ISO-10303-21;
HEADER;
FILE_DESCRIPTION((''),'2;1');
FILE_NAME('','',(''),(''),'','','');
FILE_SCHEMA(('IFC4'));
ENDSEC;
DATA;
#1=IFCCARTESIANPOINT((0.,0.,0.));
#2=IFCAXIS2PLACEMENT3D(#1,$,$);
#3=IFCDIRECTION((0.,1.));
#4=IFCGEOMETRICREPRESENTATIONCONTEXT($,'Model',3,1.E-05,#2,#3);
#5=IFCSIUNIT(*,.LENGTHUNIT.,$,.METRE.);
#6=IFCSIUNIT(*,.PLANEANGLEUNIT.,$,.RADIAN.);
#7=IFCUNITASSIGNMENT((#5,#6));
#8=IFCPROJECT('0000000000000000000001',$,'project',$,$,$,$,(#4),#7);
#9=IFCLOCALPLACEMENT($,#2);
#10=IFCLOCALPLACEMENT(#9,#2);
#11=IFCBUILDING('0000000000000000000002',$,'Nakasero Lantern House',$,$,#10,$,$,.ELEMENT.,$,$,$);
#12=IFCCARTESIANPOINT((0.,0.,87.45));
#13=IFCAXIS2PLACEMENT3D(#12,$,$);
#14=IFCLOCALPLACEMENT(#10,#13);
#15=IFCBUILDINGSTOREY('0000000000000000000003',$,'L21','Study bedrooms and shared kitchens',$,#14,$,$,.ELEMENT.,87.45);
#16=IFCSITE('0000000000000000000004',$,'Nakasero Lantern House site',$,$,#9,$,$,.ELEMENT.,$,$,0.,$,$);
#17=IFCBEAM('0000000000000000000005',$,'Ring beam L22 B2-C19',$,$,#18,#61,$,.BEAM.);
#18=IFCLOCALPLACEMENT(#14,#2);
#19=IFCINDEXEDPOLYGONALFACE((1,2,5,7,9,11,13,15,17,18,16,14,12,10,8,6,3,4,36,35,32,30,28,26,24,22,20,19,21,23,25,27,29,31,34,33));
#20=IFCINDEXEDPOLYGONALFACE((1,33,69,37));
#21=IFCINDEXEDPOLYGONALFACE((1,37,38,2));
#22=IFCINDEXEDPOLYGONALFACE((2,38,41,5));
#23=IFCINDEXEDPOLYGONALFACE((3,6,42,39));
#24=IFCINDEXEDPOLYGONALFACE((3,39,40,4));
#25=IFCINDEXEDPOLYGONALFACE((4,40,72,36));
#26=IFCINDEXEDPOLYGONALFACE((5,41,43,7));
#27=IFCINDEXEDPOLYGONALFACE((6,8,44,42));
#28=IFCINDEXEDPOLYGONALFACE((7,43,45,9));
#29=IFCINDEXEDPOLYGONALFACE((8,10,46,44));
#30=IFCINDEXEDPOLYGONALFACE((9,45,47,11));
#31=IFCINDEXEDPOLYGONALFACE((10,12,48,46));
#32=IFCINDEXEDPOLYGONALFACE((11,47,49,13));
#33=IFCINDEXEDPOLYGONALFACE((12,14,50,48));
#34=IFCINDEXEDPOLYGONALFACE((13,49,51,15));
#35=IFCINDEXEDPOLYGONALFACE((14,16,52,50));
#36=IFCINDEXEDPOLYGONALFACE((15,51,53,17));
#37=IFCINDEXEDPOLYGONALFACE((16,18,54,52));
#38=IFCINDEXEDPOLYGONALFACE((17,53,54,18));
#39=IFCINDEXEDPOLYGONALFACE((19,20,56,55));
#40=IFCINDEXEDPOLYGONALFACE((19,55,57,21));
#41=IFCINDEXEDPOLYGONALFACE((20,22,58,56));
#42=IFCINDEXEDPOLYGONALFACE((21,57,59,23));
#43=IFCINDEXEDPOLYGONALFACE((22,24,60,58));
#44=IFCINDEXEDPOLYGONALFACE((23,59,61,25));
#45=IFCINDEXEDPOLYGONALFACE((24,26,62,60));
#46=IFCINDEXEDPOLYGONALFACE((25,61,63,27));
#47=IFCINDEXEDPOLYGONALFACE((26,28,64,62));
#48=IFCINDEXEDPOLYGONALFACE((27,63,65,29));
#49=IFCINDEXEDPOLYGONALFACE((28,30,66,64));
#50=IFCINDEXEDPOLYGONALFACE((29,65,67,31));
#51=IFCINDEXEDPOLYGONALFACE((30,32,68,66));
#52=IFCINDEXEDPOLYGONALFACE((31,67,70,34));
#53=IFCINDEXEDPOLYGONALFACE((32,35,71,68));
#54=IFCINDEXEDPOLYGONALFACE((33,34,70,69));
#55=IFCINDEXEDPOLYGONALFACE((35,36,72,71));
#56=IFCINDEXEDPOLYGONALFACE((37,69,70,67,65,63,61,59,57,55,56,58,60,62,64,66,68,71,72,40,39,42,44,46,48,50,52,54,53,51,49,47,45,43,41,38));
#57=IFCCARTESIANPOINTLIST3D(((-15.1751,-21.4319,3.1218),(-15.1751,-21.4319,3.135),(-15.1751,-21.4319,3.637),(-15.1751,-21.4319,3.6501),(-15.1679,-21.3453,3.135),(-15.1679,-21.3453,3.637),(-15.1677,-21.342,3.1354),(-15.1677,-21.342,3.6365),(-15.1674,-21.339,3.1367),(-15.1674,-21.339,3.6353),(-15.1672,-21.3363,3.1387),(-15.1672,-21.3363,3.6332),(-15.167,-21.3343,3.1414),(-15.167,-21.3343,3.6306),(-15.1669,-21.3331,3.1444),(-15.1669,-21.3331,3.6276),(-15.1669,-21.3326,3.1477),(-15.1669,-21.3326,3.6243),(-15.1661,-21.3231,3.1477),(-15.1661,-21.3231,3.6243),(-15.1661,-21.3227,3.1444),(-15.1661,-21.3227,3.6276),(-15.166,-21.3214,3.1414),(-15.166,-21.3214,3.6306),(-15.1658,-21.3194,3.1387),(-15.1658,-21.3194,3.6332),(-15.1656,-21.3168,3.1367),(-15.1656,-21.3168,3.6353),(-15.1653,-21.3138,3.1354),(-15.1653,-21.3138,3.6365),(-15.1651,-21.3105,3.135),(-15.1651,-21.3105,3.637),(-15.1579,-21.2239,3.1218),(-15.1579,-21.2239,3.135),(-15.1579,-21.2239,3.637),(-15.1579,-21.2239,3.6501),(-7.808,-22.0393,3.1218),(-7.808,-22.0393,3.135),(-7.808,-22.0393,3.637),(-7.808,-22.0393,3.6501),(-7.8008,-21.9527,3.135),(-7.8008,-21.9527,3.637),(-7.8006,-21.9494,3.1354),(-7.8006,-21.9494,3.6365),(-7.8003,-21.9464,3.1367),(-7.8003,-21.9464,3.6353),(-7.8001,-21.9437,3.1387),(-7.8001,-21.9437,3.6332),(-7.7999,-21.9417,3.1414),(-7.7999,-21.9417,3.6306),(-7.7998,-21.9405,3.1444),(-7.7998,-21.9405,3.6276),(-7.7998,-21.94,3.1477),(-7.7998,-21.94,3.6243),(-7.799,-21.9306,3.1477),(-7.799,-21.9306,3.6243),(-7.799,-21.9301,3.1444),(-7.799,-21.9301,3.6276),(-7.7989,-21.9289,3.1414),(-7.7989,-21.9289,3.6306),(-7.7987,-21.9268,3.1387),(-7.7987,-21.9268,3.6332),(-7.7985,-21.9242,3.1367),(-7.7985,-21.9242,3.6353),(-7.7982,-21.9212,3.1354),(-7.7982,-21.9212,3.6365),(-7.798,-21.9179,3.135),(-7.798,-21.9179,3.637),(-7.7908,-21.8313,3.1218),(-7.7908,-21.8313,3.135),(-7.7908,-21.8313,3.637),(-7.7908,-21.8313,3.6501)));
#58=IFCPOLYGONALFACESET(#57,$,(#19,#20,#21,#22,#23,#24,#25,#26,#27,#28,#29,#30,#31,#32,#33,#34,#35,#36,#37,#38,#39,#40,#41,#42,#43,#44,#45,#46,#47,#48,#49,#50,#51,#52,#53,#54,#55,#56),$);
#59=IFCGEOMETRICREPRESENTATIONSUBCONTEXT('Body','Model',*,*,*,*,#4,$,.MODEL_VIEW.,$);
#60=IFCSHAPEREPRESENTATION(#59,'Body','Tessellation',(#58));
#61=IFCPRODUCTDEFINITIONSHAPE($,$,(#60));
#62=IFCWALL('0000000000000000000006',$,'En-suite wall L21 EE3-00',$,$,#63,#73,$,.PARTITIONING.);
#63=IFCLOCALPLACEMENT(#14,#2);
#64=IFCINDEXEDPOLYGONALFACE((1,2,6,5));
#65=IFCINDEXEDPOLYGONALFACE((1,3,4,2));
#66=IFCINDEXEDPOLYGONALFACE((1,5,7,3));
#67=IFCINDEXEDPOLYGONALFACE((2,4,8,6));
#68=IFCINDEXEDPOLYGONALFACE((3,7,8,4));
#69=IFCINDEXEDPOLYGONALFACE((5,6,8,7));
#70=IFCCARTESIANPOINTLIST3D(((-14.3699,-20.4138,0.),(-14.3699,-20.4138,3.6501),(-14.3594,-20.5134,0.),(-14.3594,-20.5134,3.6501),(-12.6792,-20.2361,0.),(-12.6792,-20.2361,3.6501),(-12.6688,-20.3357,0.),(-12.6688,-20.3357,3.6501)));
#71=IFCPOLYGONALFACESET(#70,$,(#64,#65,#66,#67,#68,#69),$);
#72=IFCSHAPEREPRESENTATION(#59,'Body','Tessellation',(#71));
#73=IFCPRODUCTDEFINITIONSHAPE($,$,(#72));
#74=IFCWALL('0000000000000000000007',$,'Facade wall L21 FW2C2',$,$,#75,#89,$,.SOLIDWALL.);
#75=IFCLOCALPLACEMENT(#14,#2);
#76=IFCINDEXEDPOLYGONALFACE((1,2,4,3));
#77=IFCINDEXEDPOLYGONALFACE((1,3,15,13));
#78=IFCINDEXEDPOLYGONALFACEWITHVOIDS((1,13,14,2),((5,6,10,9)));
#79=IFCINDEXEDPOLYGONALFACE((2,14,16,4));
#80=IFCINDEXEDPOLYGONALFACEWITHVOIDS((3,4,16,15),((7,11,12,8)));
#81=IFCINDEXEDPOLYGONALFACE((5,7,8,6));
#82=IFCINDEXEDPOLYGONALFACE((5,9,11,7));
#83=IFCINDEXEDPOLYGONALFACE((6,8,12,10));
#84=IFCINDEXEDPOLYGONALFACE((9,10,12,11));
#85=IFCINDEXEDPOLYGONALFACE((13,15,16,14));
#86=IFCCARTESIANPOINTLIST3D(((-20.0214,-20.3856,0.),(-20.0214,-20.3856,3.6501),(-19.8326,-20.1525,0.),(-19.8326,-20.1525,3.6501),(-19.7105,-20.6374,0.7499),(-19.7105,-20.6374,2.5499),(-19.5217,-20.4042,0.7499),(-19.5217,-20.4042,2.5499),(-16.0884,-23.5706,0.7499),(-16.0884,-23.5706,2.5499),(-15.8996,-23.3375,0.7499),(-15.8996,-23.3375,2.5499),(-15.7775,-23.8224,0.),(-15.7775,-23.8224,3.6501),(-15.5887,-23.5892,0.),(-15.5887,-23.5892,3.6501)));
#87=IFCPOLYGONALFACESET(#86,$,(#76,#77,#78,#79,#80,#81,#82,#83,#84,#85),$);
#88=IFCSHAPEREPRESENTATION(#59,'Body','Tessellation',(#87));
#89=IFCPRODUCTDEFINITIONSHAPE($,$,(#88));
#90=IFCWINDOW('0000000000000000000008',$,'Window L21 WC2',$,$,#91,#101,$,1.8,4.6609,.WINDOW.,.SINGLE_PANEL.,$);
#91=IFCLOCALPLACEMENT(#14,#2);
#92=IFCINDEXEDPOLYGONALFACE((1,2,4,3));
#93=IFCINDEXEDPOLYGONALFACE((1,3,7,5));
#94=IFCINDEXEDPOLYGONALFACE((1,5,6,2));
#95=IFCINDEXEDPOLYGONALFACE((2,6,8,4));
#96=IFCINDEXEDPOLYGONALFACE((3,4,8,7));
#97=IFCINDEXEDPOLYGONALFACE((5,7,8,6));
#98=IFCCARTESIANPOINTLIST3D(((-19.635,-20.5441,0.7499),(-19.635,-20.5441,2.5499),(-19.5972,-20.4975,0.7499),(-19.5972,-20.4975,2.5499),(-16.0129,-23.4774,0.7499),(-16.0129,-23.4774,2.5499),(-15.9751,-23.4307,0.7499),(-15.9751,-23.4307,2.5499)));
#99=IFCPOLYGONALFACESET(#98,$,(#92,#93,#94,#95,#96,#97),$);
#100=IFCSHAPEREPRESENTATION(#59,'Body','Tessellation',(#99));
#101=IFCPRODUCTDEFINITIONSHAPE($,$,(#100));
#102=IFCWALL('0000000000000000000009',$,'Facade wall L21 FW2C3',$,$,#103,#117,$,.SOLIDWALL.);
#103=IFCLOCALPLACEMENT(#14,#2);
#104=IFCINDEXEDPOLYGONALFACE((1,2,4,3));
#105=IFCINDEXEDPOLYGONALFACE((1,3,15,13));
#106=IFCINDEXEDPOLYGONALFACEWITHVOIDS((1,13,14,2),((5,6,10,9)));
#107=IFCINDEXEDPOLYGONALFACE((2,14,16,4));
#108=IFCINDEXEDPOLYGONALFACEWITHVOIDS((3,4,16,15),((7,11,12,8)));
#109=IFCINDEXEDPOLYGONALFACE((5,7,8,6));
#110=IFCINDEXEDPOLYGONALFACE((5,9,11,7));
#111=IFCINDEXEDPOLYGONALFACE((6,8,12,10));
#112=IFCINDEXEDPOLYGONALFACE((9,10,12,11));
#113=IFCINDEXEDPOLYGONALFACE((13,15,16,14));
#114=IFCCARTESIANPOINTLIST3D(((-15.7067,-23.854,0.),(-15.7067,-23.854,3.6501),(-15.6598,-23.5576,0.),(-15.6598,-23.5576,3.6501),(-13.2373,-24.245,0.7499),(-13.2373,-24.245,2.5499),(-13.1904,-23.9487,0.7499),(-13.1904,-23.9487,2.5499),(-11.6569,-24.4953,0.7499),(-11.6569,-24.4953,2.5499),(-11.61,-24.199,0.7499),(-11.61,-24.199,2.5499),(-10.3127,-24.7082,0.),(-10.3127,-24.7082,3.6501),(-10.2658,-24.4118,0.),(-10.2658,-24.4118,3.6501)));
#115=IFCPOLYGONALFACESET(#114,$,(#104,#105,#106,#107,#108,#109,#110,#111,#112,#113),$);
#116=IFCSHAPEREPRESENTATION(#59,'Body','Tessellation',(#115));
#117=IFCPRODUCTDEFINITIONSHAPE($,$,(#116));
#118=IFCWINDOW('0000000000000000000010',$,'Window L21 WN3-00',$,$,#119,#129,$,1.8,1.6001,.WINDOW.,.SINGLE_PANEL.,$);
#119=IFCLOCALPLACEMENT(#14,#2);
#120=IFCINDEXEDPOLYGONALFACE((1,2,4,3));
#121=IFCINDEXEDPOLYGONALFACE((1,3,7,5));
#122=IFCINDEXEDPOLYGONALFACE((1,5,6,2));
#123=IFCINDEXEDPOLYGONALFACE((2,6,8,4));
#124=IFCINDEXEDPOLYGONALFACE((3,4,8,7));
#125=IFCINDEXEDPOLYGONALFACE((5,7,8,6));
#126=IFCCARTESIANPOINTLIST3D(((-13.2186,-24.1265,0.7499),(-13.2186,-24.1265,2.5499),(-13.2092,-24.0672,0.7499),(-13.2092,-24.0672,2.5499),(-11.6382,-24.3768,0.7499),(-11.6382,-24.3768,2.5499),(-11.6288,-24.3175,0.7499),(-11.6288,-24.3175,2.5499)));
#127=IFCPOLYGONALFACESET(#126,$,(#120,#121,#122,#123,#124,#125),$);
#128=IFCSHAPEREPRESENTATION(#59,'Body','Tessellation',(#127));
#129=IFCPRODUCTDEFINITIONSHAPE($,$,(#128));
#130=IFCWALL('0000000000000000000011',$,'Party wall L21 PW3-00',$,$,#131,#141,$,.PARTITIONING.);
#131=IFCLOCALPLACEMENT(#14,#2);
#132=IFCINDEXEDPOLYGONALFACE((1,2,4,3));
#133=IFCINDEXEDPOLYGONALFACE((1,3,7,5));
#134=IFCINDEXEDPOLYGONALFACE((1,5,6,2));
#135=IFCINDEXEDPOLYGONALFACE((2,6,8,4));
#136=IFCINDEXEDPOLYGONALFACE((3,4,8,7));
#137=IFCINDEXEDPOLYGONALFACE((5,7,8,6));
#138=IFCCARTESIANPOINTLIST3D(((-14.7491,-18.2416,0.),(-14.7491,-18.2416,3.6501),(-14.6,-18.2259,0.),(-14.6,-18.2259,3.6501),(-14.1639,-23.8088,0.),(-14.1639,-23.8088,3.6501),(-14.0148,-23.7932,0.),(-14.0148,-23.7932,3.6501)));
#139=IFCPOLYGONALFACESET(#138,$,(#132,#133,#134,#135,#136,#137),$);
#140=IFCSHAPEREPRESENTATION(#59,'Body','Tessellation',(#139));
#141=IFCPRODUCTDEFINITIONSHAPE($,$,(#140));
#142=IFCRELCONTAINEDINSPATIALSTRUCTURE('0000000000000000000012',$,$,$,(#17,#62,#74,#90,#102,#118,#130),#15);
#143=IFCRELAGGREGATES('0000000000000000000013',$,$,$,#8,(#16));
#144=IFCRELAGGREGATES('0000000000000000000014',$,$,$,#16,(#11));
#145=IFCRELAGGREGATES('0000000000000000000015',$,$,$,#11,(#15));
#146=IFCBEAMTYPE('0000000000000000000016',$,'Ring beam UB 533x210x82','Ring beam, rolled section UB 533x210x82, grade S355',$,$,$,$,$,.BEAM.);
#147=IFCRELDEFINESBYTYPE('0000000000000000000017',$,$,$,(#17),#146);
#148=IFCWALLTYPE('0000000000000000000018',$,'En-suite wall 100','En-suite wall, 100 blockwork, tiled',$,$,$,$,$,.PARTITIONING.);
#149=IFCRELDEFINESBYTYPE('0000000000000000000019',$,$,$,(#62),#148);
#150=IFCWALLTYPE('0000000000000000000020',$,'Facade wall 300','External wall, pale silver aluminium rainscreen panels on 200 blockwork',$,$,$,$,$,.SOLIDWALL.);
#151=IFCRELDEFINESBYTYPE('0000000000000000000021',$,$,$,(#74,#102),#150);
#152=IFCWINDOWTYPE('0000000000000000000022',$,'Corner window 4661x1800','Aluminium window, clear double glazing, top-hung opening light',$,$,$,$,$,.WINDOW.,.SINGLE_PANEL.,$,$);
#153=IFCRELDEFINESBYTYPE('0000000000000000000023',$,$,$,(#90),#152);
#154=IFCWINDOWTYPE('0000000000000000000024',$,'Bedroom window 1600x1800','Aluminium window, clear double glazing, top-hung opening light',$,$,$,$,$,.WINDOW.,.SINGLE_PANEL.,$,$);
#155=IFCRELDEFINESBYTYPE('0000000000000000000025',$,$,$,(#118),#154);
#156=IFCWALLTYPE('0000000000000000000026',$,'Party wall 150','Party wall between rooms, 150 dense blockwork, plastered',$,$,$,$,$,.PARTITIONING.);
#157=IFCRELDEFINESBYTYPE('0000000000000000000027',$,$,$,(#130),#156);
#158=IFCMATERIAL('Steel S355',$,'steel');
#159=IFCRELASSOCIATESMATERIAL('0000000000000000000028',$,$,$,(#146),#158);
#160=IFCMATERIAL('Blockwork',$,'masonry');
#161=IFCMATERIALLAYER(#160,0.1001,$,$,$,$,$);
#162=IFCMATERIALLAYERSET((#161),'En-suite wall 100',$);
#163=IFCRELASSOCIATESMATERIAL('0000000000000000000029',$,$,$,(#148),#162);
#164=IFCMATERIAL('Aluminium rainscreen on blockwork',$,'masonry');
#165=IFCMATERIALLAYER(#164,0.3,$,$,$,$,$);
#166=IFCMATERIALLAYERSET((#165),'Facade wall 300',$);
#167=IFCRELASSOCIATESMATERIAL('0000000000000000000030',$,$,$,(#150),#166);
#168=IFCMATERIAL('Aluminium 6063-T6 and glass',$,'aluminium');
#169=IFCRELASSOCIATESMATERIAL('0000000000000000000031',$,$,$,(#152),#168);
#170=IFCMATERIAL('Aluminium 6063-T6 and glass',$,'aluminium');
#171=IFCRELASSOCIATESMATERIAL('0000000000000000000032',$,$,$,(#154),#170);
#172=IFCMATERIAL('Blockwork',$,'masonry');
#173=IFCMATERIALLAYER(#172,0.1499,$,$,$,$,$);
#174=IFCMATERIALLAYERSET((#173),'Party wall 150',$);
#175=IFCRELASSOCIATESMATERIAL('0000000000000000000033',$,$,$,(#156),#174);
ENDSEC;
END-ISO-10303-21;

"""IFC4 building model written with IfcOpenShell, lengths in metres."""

from ifc_helpers import new_model, si_unit, direction, frame, frame_2d, origin, origin_2d, place, context, subcontext, project, spatial, rectangle, i_section, extrude, material, layer, layer_set, material_profile, profile_set, type_object, element, fill, save


model = new_model("IFC4")

# Units and contexts
model_context = context("Model", 3, precision=1e-05, world=origin(), true_north=direction((0.0, 1.0)))
body_context = subcontext(model_context, "Body", "Model", "MODEL_VIEW")
ifc_project = project(units=[si_unit("LENGTHUNIT", "METRE"), si_unit("PLANEANGLEUNIT", "RADIAN")], contexts=[model_context])

# Site, building, storey
site_placement = place(None, origin())
site = spatial("IfcSite", under=ifc_project, at=site_placement, Name="Nakasero Lantern House site", CompositionType="ELEMENT", RefElevation=0.0)
building_placement = place(site_placement, origin())
building = spatial("IfcBuilding", under=site, at=building_placement, Name="Nakasero Lantern House", CompositionType="ELEMENT")
storey_placement = place(building_placement, frame((0.0, 0.0, 87.45)))
storey = spatial("IfcBuildingStorey", under=building, at=storey_placement, Name="L21", Description="Study bedrooms and shared kitchens", CompositionType="ELEMENT", Elevation=87.45)

# Beam
ifc_material_1 = material(Name="Steel S355", Category="steel")
ifc_material_profile_1 = material_profile(ifc_material_1, i_section(OverallWidth=0.2087, OverallDepth=0.5283, WebThickness=0.0095, FlangeThickness=0.0132, FilletRadius=0.0127, at=origin_2d()), Name="UB 533x210x82")
ifc_profile_set_1 = profile_set([ifc_material_profile_1], Name="Steel S355")
beam_type_1 = type_object("IfcBeamType", Name="Ring beam UB 533x210x82", Description="Ring beam, rolled section UB 533x210x82, grade S355", PredefinedType="BEAM", material=ifc_profile_set_1)
beam_1_placement = place(storey_placement, frame((-15.1665, -21.3279, 3.386), z_axis=(0.996618, -0.082171, 0.0), x_axis=(0.082171, 0.996618, 0.0)))
element("IfcBeam", 1, at=beam_1_placement, inside=storey, type_object=beam_type_1, Name="Ring beam L22 B2-C19", PredefinedType="BEAM", context=body_context, shape_type="SweptSolid", body=[
    extrude(i_section(OverallWidth=0.2087, OverallDepth=0.5283, WebThickness=0.0095, FlangeThickness=0.0132, FilletRadius=0.0127, at=origin_2d()), origin(), (0.0, 0.0, 1.0), 7.3921),
])

# Wall
ifc_material_2 = material(Name="Blockwork", Category="masonry")
ifc_layer_1 = layer(ifc_material_2, 0.1001)
ifc_layer_set_1 = layer_set([ifc_layer_1], Name="En-suite wall 100")
wall_type_1 = type_object("IfcWallType", Name="En-suite wall 100", Description="En-suite wall, 100 blockwork, tiled", PredefinedType="PARTITIONING", material=ifc_layer_set_1)
wall_1_placement = place(storey_placement, frame((-14.3647, -20.4636, 0.0), z_axis=(0.0, 0.0, 1.0), x_axis=(0.99452, 0.10455, 0.0)))
element("IfcWall", 2, at=wall_1_placement, inside=storey, type_object=wall_type_1, Name="En-suite wall L21 EE3-00", PredefinedType="PARTITIONING", context=body_context, shape_type="SweptSolid", body=[
    extrude(rectangle(XDim=1.7, YDim=0.1001, at=frame_2d((0.8501, 0.0))), origin(), (0.0, 0.0, 1.0), 3.6501),
])

# Walls, openings, windows
ifc_material_3 = material(Name="Aluminium rainscreen on blockwork", Category="masonry")
ifc_layer_2 = layer(ifc_material_3, 0.3)
ifc_layer_set_2 = layer_set([ifc_layer_2], Name="Facade wall 300")
wall_type_2 = type_object("IfcWallType", Name="Facade wall 300", Description="External wall, pale silver aluminium rainscreen panels on 200 blockwork", PredefinedType="SOLIDWALL", material=ifc_layer_set_2)
wall_2_placement = place(storey_placement, frame((-19.927, -20.269, 0.0), z_axis=(0.0, 0.0, 1.0), x_axis=(0.777135, -0.629335, 0.0)))
wall_2 = element("IfcWall", 3, at=wall_2_placement, inside=storey, type_object=wall_type_2, Name="Facade wall L21 FW2C2", PredefinedType="SOLIDWALL", context=body_context, shape_type="SweptSolid", body=[
    extrude(rectangle(XDim=5.4609, YDim=0.3, at=frame_2d((2.7305, 0.0))), origin(), (0.0, 0.0, 1.0), 3.6501),
])
opening_1_placement = place(wall_2_placement, frame((0.3999, 0.0, 0.75)))
opening_1 = element("IfcOpeningElement", 4, at=opening_1_placement, cuts=wall_2, PredefinedType="OPENING", context=body_context, shape_type="SweptSolid", body=[
    extrude(rectangle(XDim=4.6609, YDim=1.8, at=frame_2d((2.3306, 0.8999))), frame((0.0, 0.1699, 0.0), z_axis=(0.0, -1.0, 0.0), x_axis=(1.0, 0.0, 0.0)), (0.0, 0.0, 1.0), 0.3401),
])
ifc_material_4 = material(Name="Aluminium 6063-T6 and glass", Category="aluminium")
window_type_1 = type_object("IfcWindowType", Name="Corner window 4661x1800", Description="Aluminium window, clear double glazing, top-hung opening light", PartitioningType="SINGLE_PANEL", PredefinedType="WINDOW", material=ifc_material_4)
window_1_placement = place(opening_1_placement, origin())
window_1 = element("IfcWindow", 5, at=window_1_placement, inside=storey, type_object=window_type_1, Name="Window L21 WC2", OverallHeight=1.8, OverallWidth=4.6609, PartitioningType="SINGLE_PANEL", PredefinedType="WINDOW", context=body_context, shape_type="SweptSolid", body=[
    extrude(rectangle(XDim=4.6609, YDim=1.8, at=frame_2d((2.3306, 0.8999))), frame((0.0, 0.03, 0.0), z_axis=(0.0, -1.0, 0.0), x_axis=(1.0, 0.0, 0.0)), (0.0, 0.0, 1.0), 0.0601),
])
fill(opening_1, window_1)
wall_3_placement = place(storey_placement, frame((-15.6831, -23.7058, 0.0), z_axis=(0.0, 0.0, 1.0), x_axis=(0.987691, -0.156419, 0.0)))
wall_3 = element("IfcWall", 6, at=wall_3_placement, inside=storey, type_object=wall_type_2, Name="Facade wall L21 FW2C3", PredefinedType="SOLIDWALL", context=body_context, shape_type="SweptSolid", body=[
    extrude(rectangle(XDim=5.4612, YDim=0.3, at=frame_2d((2.7305, 0.0))), origin(), (0.0, 0.0, 1.0), 3.6501),
])
opening_2_placement = place(wall_3_placement, frame((2.5, 0.0, 0.75)))
opening_2 = element("IfcOpeningElement", 7, at=opening_2_placement, cuts=wall_3, PredefinedType="OPENING", context=body_context, shape_type="SweptSolid", body=[
    extrude(rectangle(XDim=1.6001, YDim=1.8, at=frame_2d((0.8, 0.8999))), frame((0.0, 0.1699, 0.0), z_axis=(0.0, -1.0, 0.0), x_axis=(1.0, 0.0, 0.0)), (0.0, 0.0, 1.0), 0.3401),
])
ifc_material_5 = material(Name="Aluminium 6063-T6 and glass", Category="aluminium")
window_type_2 = type_object("IfcWindowType", Name="Bedroom window 1600x1800", Description="Aluminium window, clear double glazing, top-hung opening light", PartitioningType="SINGLE_PANEL", PredefinedType="WINDOW", material=ifc_material_5)
window_2_placement = place(opening_2_placement, origin())
window_2 = element("IfcWindow", 8, at=window_2_placement, inside=storey, type_object=window_type_2, Name="Window L21 WN3-00", OverallHeight=1.8, OverallWidth=1.6001, PartitioningType="SINGLE_PANEL", PredefinedType="WINDOW", context=body_context, shape_type="SweptSolid", body=[
    extrude(rectangle(XDim=1.6001, YDim=1.8, at=frame_2d((0.8, 0.8999))), frame((0.0, 0.03, 0.0), z_axis=(0.0, -1.0, 0.0), x_axis=(1.0, 0.0, 0.0)), (0.0, 0.0, 1.0), 0.0601),
])
fill(opening_2, window_2)

# Wall
ifc_material_6 = material(Name="Blockwork", Category="masonry")
ifc_layer_3 = layer(ifc_material_6, 0.1499)
ifc_layer_set_3 = layer_set([ifc_layer_3], Name="Party wall 150")
wall_type_3 = type_object("IfcWallType", Name="Party wall 150", Description="Party wall between rooms, 150 dense blockwork, plastered", PredefinedType="PARTITIONING", material=ifc_layer_set_3)
wall_4_placement = place(storey_placement, frame((-14.6746, -18.2339, 0.0), z_axis=(0.0, 0.0, 1.0), x_axis=(0.104542, -0.99452, 0.0)))
element("IfcWall", 9, at=wall_4_placement, inside=storey, type_object=wall_type_3, Name="Party wall L21 PW3-00", PredefinedType="PARTITIONING", context=body_context, shape_type="SweptSolid", body=[
    extrude(rectangle(XDim=5.5979, YDim=0.1499, at=frame_2d((2.7988, 0.0))), origin(), (0.0, 0.0, 1.0), 3.6501),
])

save(model, "model.ifc")
